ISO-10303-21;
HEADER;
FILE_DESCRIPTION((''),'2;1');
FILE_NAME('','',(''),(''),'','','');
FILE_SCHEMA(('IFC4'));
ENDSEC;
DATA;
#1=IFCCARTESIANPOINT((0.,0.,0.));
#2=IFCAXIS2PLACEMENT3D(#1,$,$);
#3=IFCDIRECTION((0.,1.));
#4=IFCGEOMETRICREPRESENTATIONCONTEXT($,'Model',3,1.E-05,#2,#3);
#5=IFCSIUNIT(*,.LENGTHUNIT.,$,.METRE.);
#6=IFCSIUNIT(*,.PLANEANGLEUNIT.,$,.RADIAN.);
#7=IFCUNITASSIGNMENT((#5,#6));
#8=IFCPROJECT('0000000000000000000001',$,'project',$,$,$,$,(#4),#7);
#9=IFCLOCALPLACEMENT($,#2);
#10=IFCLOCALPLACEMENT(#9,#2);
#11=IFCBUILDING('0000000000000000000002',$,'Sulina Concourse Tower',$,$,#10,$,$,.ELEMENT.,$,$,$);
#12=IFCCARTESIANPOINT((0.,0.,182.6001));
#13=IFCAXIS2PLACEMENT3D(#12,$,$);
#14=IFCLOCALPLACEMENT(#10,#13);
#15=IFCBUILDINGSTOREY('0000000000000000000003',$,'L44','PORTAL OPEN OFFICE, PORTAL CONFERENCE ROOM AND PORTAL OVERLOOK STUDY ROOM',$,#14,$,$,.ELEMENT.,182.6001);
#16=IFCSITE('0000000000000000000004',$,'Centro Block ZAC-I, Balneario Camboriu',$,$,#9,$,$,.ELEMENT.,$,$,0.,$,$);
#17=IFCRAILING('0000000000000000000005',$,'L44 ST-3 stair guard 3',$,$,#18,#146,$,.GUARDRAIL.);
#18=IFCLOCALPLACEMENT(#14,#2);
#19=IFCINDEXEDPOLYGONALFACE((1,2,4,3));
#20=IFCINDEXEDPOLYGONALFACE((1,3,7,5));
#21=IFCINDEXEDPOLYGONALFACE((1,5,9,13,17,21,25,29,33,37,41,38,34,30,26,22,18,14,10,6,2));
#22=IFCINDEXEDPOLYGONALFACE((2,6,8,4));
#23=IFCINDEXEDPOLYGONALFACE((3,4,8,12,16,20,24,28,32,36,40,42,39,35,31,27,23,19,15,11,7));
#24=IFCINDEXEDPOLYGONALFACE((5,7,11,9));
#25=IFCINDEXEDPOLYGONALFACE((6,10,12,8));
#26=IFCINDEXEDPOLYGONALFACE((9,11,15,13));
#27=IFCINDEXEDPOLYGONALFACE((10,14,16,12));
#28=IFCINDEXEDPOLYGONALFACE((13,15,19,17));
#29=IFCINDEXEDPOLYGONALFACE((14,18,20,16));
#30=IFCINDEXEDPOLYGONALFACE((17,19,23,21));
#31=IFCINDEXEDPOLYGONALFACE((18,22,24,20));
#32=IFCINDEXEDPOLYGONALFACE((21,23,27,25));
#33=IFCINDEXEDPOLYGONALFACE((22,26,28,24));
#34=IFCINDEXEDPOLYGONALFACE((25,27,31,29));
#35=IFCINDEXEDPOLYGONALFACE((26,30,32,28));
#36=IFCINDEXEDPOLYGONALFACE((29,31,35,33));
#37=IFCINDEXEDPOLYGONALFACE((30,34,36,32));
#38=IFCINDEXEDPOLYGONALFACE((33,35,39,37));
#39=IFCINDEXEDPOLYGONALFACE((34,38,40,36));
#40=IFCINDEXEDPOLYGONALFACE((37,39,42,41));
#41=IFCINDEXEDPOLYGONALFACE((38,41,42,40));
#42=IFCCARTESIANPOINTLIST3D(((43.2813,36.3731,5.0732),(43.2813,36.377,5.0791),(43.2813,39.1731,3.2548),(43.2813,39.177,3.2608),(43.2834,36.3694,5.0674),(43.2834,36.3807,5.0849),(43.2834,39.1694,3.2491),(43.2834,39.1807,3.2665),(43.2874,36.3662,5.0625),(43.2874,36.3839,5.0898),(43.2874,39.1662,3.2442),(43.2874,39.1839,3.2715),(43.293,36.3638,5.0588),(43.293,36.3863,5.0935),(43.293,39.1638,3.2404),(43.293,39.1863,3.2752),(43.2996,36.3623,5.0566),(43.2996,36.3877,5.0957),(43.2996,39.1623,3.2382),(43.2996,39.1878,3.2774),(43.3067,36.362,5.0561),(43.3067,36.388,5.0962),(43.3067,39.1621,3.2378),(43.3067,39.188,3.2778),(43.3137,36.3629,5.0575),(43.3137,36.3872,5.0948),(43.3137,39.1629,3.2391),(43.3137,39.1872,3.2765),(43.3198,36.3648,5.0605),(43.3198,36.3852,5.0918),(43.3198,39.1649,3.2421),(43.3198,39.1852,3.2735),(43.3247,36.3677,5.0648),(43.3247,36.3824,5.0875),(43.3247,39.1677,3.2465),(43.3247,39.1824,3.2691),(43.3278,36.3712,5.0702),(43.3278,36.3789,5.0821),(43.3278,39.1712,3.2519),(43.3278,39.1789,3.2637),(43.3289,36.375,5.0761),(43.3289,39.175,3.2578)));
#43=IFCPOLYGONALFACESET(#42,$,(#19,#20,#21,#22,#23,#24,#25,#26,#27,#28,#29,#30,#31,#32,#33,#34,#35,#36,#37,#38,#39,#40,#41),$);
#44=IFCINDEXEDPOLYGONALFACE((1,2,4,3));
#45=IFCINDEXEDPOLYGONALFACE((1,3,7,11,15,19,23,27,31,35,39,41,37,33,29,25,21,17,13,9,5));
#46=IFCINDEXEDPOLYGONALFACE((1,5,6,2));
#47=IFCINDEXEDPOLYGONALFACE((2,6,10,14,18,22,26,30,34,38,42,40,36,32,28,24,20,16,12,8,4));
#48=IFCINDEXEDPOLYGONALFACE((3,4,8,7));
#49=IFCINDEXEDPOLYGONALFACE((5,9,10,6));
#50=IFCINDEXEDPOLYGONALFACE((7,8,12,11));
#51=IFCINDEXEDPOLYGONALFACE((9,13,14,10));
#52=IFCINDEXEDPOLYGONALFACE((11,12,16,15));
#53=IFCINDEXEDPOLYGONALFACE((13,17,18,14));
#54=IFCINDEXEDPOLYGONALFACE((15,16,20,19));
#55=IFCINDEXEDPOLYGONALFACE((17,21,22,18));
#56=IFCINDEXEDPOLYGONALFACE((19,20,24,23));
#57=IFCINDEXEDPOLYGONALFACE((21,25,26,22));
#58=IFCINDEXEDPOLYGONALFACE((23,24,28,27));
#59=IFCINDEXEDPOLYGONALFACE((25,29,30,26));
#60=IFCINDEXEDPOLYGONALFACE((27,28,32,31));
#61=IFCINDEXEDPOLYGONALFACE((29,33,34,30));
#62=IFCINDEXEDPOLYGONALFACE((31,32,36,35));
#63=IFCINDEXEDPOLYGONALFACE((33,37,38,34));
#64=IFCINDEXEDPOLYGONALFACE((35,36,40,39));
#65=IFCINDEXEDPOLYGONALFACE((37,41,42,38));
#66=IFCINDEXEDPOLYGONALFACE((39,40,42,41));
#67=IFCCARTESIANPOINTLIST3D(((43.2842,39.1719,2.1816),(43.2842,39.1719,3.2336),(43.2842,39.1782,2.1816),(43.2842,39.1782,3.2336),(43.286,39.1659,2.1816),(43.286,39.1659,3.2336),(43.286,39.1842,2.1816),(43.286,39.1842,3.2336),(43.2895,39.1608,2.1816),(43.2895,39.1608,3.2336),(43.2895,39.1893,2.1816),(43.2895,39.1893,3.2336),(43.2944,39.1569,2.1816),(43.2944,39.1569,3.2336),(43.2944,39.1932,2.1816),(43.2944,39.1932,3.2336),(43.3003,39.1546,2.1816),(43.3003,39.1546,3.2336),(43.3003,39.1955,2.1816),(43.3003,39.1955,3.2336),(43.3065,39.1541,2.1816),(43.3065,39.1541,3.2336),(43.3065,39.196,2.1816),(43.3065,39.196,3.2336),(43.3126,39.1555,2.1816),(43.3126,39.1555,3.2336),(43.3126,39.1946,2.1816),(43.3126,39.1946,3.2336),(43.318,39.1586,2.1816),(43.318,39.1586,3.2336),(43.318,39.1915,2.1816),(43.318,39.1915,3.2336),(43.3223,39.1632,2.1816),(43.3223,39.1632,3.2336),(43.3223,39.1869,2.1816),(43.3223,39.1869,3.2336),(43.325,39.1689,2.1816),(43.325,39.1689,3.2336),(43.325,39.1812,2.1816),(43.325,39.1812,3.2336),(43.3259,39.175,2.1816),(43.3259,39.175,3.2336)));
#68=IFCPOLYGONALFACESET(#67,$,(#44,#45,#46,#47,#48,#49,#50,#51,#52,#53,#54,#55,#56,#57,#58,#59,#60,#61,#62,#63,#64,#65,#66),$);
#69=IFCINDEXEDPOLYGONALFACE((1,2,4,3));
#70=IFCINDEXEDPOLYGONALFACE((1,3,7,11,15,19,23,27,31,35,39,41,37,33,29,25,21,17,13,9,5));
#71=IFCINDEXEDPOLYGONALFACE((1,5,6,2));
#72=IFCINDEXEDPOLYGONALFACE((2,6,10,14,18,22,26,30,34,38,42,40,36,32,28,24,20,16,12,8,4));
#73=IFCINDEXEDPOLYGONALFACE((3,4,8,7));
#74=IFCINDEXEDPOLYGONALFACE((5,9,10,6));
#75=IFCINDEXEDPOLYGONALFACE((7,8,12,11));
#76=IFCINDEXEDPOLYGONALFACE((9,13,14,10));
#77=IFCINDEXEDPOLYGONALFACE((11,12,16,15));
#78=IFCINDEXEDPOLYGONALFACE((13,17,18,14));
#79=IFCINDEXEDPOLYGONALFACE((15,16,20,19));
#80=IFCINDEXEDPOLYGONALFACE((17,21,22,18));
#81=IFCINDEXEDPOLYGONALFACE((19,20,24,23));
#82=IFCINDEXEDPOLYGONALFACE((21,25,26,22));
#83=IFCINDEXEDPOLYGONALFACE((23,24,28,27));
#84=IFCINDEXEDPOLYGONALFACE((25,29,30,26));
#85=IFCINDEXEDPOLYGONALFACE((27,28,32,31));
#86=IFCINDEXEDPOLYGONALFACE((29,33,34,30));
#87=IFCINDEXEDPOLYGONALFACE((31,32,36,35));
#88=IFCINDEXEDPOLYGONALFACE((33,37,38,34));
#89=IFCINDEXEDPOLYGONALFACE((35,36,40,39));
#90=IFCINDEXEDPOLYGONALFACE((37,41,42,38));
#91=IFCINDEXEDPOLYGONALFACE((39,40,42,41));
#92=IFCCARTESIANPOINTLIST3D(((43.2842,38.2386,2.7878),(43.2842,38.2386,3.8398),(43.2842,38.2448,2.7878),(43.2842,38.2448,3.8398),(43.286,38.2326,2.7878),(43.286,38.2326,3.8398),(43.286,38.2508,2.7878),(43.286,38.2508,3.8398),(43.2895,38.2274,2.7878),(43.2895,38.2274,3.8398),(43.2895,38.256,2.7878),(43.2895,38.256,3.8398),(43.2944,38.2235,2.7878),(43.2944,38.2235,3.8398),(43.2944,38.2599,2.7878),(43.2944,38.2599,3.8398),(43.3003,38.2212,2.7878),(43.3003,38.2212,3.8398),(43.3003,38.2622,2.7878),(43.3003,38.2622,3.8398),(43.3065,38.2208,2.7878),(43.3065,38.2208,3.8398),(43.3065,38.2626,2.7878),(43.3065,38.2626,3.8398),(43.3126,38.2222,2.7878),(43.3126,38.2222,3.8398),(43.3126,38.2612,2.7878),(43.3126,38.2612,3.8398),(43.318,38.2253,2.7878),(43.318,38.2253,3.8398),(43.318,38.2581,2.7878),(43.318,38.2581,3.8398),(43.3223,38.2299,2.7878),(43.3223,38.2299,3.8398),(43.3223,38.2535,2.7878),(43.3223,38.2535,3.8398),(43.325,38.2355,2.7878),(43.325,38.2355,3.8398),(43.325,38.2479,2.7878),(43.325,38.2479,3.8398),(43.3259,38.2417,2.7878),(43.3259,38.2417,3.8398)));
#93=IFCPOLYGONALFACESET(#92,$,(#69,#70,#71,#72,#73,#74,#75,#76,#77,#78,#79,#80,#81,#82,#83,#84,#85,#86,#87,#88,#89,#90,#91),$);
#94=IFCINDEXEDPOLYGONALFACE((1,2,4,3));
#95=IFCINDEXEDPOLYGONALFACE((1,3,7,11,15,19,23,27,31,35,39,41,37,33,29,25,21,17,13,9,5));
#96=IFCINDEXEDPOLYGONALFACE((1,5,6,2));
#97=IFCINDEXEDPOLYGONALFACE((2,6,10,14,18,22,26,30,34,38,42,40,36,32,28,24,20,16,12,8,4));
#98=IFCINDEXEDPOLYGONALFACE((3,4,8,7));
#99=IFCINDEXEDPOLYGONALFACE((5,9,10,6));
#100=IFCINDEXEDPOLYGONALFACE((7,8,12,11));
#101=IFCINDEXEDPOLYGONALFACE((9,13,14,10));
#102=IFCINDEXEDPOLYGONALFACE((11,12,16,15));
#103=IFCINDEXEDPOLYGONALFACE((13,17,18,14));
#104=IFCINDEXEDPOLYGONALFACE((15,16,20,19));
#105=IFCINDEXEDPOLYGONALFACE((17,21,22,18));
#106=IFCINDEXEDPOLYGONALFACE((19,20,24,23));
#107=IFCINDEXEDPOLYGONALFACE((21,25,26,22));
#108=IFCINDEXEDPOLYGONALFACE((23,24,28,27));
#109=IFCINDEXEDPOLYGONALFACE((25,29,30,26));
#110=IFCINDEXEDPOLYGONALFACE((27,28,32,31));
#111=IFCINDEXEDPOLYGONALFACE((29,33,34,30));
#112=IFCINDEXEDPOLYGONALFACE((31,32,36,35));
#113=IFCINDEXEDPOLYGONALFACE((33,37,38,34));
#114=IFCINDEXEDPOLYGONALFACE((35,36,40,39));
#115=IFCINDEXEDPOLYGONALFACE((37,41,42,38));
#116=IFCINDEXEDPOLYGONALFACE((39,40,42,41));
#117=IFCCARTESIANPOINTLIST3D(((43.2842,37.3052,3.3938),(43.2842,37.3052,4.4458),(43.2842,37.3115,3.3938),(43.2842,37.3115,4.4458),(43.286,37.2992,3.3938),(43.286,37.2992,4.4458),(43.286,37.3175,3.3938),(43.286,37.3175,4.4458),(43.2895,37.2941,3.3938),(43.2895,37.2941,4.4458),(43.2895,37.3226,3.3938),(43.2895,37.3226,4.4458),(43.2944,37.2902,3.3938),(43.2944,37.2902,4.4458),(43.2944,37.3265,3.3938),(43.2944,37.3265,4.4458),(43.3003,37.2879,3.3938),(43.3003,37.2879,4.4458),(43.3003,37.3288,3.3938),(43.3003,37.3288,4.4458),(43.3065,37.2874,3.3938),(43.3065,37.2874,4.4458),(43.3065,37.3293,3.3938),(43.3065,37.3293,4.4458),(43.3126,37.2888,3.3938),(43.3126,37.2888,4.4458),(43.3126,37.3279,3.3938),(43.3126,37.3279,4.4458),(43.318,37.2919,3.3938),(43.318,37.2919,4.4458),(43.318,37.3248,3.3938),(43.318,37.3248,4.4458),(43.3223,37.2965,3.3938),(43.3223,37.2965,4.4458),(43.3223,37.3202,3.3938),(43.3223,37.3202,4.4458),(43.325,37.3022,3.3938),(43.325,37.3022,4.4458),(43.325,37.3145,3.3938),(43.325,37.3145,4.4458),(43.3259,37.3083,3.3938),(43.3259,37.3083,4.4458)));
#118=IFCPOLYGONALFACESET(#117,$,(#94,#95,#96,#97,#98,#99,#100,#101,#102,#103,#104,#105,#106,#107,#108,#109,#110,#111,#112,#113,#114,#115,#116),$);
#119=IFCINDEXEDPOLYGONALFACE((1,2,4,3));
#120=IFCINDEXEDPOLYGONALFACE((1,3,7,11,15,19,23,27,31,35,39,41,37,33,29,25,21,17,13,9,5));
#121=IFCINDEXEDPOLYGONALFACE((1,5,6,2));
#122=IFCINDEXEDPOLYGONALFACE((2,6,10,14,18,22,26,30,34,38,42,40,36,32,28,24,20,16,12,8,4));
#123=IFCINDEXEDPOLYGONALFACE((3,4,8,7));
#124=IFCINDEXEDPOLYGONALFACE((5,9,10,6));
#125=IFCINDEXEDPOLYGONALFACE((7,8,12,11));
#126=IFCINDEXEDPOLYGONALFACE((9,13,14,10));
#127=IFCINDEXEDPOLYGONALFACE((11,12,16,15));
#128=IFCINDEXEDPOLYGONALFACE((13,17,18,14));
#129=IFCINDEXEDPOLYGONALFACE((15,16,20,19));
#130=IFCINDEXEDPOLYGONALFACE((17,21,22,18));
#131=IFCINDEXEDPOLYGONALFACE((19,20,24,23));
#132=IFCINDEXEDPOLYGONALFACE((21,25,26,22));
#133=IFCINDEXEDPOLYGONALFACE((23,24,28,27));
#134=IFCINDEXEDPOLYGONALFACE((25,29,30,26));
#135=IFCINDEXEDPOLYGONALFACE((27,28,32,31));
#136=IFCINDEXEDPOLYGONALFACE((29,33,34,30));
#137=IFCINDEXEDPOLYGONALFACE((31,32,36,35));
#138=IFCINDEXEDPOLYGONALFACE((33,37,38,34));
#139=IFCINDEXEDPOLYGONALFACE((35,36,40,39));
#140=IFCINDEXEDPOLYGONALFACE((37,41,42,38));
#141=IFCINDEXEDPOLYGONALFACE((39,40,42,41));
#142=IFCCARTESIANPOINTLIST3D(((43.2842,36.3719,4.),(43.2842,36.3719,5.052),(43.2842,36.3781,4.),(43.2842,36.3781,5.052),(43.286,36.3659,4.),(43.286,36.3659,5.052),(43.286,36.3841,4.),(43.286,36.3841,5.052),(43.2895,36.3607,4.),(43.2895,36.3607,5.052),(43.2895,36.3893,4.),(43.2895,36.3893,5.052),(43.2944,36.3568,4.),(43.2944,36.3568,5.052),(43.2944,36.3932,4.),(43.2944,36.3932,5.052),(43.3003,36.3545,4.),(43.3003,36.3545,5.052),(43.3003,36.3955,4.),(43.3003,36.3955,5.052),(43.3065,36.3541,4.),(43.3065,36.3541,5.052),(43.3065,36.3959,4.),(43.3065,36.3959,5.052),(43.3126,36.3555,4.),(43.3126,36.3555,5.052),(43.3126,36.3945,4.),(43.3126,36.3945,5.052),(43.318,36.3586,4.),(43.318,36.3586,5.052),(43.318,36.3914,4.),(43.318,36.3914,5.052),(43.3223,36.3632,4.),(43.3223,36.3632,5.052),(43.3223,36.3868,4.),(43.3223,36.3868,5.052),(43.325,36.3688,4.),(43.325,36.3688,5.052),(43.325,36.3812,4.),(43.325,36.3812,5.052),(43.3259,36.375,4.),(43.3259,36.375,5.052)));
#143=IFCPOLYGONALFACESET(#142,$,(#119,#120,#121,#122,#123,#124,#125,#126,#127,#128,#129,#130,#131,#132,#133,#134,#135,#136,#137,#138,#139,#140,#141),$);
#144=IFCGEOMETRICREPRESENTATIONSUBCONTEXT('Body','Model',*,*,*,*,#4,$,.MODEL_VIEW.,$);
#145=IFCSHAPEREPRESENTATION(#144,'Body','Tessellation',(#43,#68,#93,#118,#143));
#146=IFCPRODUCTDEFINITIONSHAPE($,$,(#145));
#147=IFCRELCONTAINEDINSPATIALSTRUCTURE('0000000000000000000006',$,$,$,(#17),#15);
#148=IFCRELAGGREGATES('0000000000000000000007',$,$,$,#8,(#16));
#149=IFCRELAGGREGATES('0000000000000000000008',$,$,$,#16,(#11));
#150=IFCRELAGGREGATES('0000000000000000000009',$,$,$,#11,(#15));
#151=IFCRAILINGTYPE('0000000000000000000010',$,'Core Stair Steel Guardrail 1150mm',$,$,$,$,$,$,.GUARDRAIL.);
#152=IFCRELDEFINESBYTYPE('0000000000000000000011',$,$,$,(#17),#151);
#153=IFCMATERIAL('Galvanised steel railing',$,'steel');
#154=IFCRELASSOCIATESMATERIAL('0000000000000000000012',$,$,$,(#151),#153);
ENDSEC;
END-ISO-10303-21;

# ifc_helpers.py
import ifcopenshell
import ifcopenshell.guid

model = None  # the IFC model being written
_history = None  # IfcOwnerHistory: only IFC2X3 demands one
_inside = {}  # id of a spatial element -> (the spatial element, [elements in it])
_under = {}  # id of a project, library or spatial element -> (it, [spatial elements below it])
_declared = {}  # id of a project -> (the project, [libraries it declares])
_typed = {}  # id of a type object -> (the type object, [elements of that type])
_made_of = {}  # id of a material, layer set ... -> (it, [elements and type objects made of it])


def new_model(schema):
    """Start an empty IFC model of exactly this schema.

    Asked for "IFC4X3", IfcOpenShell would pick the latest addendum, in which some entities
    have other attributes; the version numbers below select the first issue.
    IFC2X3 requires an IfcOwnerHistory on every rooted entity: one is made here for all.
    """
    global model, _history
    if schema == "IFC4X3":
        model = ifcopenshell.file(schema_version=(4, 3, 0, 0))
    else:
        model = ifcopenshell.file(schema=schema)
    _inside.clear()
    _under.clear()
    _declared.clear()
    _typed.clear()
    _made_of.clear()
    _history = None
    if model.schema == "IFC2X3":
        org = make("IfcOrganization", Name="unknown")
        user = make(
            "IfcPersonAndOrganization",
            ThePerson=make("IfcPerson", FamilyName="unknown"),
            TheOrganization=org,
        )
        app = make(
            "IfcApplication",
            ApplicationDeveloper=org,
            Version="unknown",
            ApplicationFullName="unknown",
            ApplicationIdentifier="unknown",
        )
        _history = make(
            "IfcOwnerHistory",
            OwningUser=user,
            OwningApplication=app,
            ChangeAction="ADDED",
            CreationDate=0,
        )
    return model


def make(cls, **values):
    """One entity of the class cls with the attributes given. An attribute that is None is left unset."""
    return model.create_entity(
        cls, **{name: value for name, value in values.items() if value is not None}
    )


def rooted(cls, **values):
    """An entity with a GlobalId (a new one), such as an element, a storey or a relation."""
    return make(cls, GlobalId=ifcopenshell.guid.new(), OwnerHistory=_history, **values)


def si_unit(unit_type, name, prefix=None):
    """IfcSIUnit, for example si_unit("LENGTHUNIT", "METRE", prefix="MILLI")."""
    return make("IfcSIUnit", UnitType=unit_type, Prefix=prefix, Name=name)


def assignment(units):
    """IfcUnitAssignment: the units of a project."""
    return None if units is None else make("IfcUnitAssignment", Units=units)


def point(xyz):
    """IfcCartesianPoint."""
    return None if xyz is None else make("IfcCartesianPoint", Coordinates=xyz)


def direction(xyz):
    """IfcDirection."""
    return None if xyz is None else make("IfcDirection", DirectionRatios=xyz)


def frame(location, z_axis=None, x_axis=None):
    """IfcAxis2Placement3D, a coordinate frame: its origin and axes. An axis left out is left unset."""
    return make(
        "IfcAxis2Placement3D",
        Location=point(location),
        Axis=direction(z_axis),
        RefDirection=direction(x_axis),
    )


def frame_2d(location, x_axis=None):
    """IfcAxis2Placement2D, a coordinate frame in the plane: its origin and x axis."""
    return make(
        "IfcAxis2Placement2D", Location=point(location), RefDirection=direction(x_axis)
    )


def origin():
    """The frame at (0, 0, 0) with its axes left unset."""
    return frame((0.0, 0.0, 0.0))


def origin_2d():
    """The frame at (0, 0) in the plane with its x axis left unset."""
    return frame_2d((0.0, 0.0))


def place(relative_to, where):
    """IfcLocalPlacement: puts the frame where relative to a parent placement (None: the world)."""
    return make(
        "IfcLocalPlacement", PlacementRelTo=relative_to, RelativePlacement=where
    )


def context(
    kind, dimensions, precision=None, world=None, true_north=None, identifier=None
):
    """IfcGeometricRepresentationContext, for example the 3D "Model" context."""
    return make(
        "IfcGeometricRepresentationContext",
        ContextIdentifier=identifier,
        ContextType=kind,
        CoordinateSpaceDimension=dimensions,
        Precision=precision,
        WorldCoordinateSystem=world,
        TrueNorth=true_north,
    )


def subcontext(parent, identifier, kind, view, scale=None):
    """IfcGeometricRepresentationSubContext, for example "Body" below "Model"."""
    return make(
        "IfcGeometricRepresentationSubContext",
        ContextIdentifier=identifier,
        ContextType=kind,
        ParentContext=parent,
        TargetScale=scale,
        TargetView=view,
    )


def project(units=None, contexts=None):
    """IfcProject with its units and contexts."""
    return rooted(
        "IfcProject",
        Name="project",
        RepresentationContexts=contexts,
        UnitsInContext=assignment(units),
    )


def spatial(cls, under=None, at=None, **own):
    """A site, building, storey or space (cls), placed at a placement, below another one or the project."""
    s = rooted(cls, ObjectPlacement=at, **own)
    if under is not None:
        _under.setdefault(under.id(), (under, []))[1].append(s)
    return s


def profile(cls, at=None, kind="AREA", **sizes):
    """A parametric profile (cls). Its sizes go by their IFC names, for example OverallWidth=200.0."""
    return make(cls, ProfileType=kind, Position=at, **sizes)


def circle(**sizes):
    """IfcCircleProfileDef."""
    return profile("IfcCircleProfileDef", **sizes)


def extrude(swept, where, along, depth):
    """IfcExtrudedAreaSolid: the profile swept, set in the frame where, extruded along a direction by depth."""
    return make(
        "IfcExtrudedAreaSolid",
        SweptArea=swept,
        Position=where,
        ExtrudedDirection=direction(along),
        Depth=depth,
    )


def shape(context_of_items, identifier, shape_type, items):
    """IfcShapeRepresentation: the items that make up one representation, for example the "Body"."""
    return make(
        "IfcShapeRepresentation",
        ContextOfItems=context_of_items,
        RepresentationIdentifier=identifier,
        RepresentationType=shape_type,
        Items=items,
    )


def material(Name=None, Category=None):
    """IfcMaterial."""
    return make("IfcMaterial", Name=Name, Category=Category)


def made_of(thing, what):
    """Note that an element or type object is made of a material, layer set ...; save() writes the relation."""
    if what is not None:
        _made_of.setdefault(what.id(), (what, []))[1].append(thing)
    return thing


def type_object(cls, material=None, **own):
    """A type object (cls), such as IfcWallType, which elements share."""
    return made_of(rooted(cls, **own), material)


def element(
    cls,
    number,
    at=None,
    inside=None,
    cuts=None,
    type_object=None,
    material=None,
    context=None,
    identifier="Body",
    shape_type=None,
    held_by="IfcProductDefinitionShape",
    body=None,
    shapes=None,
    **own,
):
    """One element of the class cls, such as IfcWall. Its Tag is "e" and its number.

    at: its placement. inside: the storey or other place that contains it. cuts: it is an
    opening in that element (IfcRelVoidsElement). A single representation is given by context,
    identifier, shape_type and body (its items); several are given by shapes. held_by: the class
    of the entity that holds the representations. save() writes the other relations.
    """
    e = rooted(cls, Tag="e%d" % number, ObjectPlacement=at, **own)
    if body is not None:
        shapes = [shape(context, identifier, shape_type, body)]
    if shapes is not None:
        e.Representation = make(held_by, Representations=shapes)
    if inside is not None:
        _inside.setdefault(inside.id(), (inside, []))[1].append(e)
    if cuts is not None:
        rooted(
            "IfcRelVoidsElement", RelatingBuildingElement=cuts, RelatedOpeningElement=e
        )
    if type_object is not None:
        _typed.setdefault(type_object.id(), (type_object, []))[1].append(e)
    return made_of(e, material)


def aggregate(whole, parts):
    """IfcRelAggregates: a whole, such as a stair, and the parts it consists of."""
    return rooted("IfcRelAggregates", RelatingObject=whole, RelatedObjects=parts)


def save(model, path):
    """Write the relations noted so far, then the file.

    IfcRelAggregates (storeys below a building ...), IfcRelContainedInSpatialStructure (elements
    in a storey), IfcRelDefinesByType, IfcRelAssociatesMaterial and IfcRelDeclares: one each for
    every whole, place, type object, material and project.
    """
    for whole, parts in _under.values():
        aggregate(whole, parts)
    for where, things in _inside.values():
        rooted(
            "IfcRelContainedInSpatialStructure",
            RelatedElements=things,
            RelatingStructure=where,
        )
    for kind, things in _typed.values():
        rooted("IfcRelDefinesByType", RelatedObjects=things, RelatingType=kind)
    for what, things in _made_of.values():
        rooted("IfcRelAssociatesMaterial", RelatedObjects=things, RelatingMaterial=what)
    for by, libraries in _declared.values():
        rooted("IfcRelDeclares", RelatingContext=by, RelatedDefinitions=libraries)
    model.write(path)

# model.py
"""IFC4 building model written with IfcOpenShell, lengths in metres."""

from ifc_helpers import new_model, si_unit, direction, frame, origin, origin_2d, place, context, subcontext, project, spatial, circle, extrude, material, type_object, element, save


model = new_model("IFC4")

# Units and contexts
model_context = context("Model", 3, precision=1e-05, world=origin(), true_north=direction((0.0, 1.0)))
body_context = subcontext(model_context, "Body", "Model", "MODEL_VIEW")
ifc_project = project(units=[si_unit("LENGTHUNIT", "METRE"), si_unit("PLANEANGLEUNIT", "RADIAN")], contexts=[model_context])

# Site, building, storey
site_placement = place(None, origin())
site = spatial("IfcSite", under=ifc_project, at=site_placement, Name="Centro Block ZAC-I, Balneario Camboriu", CompositionType="ELEMENT", RefElevation=0.0)
building_placement = place(site_placement, origin())
building = spatial("IfcBuilding", under=site, at=building_placement, Name="Sulina Concourse Tower", CompositionType="ELEMENT")
storey_placement = place(building_placement, frame((0.0, 0.0, 182.6001)))
storey = spatial("IfcBuildingStorey", under=building, at=storey_placement, Name="L44", Description="PORTAL OPEN OFFICE, PORTAL CONFERENCE ROOM AND PORTAL OVERLOOK STUDY ROOM", CompositionType="ELEMENT", Elevation=182.6001)

# Railing
ifc_material_1 = material(Name="Galvanised steel railing", Category="steel")
railing_type_1 = type_object("IfcRailingType", Name="Core Stair Steel Guardrail 1150mm", PredefinedType="GUARDRAIL", material=ifc_material_1)
railing_1_placement = place(storey_placement, frame((43.3049, 39.175, 2.1816)))
element("IfcRailing", 1, at=railing_1_placement, inside=storey, type_object=railing_type_1, Name="L44 ST-3 stair guard 3", PredefinedType="GUARDRAIL", context=body_context, shape_type="SweptSolid", body=[
    extrude(circle(Radius=0.0239, at=origin_2d()), frame((0.0, 0.0, 1.0762), z_axis=(0.0, -0.838672, 0.544636), x_axis=(1.0, 0.0, 0.0)), (0.0, 0.0, 1.0), 3.3386),
    extrude(circle(Radius=0.021, at=origin_2d()), origin(), (0.0, 0.0, 1.0), 1.052),
    extrude(circle(Radius=0.021, at=origin_2d()), frame((0.0, -0.9333, 0.6062)), (0.0, 0.0, 1.0), 1.052),
    extrude(circle(Radius=0.021, at=origin_2d()), frame((0.0, -1.8667, 1.2122)), (0.0, 0.0, 1.0), 1.052),
    extrude(circle(Radius=0.021, at=origin_2d()), frame((0.0, -2.8, 1.8184)), (0.0, 0.0, 1.0), 1.052),
])

save(model, "model.ifc")
